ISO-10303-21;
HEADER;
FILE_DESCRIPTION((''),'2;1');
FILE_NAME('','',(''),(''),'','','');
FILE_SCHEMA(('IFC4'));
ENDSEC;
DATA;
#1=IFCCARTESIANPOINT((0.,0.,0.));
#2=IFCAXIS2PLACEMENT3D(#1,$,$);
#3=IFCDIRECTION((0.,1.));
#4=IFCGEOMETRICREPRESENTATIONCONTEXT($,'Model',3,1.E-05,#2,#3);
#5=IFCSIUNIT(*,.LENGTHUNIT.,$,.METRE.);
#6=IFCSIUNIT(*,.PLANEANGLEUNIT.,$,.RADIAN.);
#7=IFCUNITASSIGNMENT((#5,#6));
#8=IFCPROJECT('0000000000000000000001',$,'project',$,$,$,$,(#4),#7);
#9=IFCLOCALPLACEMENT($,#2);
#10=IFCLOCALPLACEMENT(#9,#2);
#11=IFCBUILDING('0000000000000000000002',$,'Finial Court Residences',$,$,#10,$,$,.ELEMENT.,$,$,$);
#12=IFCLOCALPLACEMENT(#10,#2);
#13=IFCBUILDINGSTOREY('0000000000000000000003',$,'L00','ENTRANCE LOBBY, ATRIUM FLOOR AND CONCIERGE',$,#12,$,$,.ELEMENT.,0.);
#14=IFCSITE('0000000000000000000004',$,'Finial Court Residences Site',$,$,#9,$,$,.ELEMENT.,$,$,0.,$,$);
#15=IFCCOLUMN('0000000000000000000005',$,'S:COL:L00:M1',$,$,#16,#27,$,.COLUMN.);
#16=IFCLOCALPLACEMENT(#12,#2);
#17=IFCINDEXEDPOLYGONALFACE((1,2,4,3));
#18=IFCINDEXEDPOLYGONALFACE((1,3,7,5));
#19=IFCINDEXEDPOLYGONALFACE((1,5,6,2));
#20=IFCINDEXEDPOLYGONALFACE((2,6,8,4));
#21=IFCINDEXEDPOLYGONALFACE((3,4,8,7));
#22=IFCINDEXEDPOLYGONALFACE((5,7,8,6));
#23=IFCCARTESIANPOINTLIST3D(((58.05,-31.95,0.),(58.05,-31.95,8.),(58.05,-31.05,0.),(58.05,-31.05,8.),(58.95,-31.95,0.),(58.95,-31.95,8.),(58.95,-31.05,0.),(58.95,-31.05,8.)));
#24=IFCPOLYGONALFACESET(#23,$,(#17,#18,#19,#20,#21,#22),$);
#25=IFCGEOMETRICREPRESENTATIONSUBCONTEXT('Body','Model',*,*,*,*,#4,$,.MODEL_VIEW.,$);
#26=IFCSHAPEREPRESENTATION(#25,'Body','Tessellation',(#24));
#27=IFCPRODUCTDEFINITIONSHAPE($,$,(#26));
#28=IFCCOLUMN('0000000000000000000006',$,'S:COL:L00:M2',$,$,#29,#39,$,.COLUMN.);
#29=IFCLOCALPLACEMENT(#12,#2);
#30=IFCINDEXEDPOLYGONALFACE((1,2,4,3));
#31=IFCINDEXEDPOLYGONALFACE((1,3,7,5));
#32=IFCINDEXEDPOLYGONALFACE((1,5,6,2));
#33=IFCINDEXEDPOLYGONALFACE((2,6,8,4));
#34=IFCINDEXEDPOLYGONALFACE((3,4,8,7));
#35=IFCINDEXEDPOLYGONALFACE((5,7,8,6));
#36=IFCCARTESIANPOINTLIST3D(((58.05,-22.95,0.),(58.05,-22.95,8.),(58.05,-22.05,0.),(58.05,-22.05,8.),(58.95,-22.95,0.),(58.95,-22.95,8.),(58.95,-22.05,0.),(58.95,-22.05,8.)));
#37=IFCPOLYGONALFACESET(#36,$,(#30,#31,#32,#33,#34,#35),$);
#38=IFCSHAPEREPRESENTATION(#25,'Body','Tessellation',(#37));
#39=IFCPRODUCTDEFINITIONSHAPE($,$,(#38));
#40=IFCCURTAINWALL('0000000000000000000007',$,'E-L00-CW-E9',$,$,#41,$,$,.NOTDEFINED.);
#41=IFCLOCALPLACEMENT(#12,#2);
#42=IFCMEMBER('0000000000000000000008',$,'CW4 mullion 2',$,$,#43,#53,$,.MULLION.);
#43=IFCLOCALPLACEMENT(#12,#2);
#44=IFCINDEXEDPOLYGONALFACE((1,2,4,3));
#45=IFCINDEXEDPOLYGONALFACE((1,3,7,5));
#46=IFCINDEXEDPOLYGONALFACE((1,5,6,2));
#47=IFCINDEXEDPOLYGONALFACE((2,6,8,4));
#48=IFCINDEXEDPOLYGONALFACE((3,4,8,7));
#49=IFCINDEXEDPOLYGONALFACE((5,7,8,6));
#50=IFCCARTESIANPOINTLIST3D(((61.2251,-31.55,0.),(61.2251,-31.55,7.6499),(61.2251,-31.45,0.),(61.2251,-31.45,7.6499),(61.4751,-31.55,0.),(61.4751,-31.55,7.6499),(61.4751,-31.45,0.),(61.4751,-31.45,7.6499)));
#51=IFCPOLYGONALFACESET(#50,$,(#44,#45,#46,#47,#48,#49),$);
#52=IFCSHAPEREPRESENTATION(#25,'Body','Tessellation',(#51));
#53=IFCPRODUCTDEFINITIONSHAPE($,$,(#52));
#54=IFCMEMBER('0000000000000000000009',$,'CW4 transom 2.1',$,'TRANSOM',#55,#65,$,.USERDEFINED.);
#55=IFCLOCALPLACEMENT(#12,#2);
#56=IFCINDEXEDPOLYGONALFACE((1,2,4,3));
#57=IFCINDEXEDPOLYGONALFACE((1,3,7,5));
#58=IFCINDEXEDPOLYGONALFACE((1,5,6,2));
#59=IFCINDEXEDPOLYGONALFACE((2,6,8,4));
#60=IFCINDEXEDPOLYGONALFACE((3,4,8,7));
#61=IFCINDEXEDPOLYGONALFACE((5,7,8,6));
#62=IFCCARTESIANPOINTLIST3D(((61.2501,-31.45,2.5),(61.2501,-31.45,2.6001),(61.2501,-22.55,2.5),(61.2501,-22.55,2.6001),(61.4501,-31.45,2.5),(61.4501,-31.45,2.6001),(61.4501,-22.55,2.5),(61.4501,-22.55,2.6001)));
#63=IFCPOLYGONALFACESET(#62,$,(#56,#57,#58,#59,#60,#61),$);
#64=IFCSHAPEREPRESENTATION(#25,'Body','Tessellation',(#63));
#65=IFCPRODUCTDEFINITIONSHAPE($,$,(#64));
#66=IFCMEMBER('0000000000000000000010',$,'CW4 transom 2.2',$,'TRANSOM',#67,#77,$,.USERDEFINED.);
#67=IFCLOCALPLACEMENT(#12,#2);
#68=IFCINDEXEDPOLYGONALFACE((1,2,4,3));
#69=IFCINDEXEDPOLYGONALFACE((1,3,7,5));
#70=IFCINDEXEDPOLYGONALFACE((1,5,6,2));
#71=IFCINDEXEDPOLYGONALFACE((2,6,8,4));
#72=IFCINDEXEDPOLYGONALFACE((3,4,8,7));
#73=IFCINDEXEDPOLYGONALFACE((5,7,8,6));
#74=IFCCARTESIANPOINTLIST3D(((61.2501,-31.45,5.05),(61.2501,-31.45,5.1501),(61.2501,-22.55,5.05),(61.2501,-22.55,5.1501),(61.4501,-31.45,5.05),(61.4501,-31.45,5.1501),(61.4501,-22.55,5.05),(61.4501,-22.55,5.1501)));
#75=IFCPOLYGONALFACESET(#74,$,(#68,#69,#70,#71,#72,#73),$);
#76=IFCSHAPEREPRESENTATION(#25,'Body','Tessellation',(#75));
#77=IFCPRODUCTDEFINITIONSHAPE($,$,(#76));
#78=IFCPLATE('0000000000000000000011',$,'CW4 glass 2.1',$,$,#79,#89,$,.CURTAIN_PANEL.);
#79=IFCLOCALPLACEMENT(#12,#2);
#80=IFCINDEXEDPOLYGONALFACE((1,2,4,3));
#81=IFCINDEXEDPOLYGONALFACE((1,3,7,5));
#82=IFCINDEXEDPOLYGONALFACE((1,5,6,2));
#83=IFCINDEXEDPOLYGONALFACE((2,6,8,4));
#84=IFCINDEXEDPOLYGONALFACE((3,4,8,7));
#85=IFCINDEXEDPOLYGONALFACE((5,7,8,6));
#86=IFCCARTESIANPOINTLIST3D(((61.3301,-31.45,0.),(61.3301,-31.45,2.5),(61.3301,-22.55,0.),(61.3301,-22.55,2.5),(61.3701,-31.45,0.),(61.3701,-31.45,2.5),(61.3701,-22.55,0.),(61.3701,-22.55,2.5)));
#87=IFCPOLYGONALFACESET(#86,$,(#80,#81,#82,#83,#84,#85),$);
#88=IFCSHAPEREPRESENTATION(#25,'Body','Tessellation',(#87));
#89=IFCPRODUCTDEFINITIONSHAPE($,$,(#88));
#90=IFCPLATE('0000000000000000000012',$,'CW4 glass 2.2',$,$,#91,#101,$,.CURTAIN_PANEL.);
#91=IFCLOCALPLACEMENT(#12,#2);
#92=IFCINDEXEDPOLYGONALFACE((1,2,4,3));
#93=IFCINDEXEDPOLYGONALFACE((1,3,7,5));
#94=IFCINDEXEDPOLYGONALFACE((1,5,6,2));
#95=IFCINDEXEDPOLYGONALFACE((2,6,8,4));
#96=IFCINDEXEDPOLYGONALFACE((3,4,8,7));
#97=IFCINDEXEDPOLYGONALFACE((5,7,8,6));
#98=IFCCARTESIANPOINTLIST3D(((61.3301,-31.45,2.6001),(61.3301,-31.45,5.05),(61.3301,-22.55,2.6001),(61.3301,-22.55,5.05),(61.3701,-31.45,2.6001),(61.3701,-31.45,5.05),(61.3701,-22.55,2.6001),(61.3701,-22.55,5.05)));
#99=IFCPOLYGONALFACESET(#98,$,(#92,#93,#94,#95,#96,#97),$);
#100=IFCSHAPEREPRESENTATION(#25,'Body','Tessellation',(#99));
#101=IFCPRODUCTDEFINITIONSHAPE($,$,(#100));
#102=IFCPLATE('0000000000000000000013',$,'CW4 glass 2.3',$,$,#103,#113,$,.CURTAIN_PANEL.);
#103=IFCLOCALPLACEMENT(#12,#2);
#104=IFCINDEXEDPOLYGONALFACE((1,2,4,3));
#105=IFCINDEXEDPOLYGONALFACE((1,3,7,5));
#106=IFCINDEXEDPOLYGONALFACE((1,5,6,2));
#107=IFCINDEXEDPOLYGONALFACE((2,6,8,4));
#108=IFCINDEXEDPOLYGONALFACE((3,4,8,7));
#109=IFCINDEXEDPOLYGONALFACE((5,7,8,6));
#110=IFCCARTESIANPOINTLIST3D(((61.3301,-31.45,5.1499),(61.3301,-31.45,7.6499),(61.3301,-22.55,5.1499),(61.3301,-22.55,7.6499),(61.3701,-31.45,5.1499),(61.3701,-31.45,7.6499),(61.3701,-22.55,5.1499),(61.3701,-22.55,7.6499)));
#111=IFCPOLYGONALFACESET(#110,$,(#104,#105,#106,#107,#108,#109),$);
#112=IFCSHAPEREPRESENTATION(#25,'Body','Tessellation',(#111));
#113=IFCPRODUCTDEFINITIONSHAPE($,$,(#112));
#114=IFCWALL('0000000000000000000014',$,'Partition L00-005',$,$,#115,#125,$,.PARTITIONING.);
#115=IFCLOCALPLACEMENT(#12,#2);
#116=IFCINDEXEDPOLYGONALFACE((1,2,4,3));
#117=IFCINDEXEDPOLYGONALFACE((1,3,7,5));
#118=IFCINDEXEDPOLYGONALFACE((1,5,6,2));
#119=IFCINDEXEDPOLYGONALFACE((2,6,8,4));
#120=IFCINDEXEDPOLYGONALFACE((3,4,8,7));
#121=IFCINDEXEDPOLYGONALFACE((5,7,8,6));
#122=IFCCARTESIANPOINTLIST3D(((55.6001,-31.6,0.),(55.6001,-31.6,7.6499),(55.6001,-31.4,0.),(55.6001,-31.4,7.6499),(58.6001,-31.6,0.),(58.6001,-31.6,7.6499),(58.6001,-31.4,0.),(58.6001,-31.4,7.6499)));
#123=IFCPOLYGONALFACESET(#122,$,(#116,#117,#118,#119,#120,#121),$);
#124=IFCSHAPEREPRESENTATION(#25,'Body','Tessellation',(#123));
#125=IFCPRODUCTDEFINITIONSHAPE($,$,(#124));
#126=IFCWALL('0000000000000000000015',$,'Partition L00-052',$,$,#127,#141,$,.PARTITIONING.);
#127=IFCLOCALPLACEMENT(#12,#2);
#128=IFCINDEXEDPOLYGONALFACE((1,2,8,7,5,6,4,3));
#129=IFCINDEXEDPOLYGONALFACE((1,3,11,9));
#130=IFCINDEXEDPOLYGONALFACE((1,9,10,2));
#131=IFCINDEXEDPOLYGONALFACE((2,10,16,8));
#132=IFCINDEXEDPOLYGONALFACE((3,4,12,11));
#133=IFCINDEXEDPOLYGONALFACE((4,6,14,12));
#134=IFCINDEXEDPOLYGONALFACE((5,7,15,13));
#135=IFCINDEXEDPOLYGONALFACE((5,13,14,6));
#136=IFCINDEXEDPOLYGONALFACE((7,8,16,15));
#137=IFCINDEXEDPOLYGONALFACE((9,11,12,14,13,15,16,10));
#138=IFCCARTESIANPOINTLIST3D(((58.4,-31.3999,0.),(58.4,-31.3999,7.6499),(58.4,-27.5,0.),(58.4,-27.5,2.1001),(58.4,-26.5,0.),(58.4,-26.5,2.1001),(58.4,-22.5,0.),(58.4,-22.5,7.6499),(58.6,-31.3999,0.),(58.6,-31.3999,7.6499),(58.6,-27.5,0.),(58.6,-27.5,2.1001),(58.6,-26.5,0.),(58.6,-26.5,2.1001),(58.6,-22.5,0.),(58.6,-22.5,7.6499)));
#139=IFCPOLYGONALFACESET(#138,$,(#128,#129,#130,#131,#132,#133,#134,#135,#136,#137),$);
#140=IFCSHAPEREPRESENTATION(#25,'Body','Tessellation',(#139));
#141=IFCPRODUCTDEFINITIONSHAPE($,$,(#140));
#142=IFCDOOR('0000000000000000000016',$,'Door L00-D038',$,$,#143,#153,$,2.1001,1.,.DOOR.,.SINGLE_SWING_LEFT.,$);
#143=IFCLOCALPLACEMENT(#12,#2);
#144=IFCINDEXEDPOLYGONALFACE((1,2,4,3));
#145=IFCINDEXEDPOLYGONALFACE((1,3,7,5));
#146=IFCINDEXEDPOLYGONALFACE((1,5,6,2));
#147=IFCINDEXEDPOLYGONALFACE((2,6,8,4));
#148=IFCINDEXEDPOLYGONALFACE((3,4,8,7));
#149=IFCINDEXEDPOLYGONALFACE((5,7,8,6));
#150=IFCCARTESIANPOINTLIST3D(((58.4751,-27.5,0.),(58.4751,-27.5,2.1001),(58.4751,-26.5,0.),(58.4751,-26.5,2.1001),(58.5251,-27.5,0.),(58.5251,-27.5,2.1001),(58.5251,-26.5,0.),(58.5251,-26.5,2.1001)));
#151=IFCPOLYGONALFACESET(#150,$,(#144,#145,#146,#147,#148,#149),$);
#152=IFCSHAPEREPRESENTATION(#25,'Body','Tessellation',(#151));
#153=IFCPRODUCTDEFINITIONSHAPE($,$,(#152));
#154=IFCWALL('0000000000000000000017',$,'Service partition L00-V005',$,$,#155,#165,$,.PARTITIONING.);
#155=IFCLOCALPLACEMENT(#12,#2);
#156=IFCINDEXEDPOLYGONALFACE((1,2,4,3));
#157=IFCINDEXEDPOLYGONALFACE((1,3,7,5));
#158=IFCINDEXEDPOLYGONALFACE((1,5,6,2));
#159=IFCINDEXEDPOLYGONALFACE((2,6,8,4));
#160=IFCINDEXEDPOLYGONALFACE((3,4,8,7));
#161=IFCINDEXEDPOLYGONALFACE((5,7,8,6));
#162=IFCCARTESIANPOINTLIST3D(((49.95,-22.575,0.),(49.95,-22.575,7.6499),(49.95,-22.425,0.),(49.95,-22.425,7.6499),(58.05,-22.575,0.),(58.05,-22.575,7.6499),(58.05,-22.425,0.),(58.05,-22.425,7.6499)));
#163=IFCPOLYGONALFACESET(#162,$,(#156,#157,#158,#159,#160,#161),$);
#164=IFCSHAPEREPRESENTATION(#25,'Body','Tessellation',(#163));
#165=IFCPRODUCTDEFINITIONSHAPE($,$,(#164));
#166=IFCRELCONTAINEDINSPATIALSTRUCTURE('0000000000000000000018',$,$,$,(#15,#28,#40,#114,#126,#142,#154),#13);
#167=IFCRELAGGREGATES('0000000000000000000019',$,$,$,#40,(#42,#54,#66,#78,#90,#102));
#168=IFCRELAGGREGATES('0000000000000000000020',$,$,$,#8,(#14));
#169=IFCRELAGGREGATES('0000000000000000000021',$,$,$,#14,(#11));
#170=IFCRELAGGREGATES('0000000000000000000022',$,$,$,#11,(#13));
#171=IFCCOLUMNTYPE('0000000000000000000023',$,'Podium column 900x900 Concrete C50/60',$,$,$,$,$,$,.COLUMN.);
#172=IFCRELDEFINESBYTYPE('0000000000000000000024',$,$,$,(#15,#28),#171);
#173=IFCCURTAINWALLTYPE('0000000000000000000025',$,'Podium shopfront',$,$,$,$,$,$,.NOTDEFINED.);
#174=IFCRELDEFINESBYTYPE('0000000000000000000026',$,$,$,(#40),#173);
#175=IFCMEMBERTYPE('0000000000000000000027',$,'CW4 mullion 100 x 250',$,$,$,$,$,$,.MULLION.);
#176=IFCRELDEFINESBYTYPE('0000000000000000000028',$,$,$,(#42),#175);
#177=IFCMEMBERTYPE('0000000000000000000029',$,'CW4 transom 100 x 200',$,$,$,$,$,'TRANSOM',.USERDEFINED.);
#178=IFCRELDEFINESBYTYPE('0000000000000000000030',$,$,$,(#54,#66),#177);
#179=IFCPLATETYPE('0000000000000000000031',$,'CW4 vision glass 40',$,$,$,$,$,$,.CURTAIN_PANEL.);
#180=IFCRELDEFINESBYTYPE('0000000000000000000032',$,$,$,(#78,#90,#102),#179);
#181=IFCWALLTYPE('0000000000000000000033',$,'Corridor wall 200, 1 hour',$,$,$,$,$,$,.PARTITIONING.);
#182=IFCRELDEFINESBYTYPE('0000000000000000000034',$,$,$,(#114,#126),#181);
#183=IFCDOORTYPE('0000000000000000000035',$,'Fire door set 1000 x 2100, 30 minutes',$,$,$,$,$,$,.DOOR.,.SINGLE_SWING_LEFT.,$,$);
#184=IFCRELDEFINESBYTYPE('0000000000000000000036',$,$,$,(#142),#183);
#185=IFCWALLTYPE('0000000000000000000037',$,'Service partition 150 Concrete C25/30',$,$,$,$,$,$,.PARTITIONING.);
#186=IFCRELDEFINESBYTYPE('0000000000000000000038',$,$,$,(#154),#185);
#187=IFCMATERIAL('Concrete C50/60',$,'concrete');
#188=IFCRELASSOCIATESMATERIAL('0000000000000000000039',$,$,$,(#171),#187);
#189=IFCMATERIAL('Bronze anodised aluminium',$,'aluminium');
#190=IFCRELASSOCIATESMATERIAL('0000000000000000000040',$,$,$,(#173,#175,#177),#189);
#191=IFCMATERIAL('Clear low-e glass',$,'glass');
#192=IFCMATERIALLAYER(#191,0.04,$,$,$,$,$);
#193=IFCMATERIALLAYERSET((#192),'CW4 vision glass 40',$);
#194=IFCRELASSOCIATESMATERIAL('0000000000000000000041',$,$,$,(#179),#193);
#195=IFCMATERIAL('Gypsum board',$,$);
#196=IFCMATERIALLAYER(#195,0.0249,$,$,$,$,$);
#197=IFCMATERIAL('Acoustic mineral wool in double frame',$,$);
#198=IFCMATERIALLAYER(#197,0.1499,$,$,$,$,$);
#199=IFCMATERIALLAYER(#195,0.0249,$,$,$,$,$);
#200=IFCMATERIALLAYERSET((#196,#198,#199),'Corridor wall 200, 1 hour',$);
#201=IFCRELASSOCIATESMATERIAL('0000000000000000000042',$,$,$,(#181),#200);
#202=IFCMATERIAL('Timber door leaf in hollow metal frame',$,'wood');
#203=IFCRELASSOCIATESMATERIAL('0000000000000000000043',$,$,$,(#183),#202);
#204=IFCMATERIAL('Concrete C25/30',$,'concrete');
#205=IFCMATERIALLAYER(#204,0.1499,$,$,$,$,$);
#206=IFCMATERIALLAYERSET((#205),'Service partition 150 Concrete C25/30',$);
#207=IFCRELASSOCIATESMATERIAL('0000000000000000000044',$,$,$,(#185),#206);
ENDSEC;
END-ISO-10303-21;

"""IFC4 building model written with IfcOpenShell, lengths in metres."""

from ifc_helpers import new_model, si_unit, direction, frame, frame_2d, origin, origin_2d, place, context, subcontext, project, spatial, rectangle, extrude, material, layer, layer_set, material_profile, profile_set, type_object, element, fill, aggregate, save


model = new_model("IFC4")

# Units and contexts
model_context = context("Model", 3, precision=1e-05, world=origin(), true_north=direction((0.0, 1.0)))
body_context = subcontext(model_context, "Body", "Model", "MODEL_VIEW")
ifc_project = project(units=[si_unit("LENGTHUNIT", "METRE"), si_unit("PLANEANGLEUNIT", "RADIAN")], contexts=[model_context])

# Site, building, storey
site_placement = place(None, origin())
site = spatial("IfcSite", under=ifc_project, at=site_placement, Name="Finial Court Residences Site", CompositionType="ELEMENT", RefElevation=0.0)
building_placement = place(site_placement, origin())
building = spatial("IfcBuilding", under=site, at=building_placement, Name="Finial Court Residences", CompositionType="ELEMENT")
storey_placement = place(building_placement, origin())
storey = spatial("IfcBuildingStorey", under=building, at=storey_placement, Name="L00", Description="ENTRANCE LOBBY, ATRIUM FLOOR AND CONCIERGE", CompositionType="ELEMENT", Elevation=0.0)

# Columns
ifc_material_1 = material(Name="Concrete C50/60", Category="concrete")
ifc_material_profile_1 = material_profile(ifc_material_1, rectangle(XDim=0.8999, YDim=0.8999, at=origin_2d()), Name="900x900")
ifc_profile_set_1 = profile_set([ifc_material_profile_1], Name="Concrete C50/60")
column_type = type_object("IfcColumnType", Name="Podium column 900x900 Concrete C50/60", PredefinedType="COLUMN", material=ifc_profile_set_1)
for number, where, z_axis, x_axis, name in (
    (1, (58.5, -31.5, 0.0), (0.0, 0.0, 1.0), (1.0, 0.0, 0.0), "S:COL:L00:M1"),
    (2, (58.5, -22.5, 0.0), (0.0, 0.0, 1.0), (1.0, 0.0, 0.0), "S:COL:L00:M2"),
):
    element("IfcColumn", number, at=place(storey_placement, frame(where, z_axis=z_axis, x_axis=x_axis)), inside=storey, type_object=column_type, Name=name, PredefinedType="COLUMN", context=body_context, shape_type="SweptSolid", body=[
        extrude(rectangle(XDim=0.8999, YDim=0.8999, at=origin_2d()), origin(), (0.0, 0.0, 1.0), 8.0),
    ])

# Curtain wall, members, plates
ifc_material_2 = material(Name="Bronze anodised aluminium", Category="aluminium")
curtain_wall_type = type_object("IfcCurtainWallType", Name="Podium shopfront", PredefinedType="NOTDEFINED", material=ifc_material_2)
curtain_wall_placement = place(storey_placement, origin())
curtain_wall = element("IfcCurtainWall", 3, at=curtain_wall_placement, inside=storey, type_object=curtain_wall_type, Name="E-L00-CW-E9", PredefinedType="NOTDEFINED")
ifc_material_profile_2 = material_profile(ifc_material_2, rectangle(XDim=0.25, YDim=0.1001, at=origin_2d()), Name="CW4 mullion 100 x 250")
ifc_profile_set_2 = profile_set([ifc_material_profile_2], Name="Bronze anodised aluminium")
member_type_1 = type_object("IfcMemberType", Name="CW4 mullion 100 x 250", PredefinedType="MULLION", material=ifc_profile_set_2)
member_1_placement = place(storey_placement, frame((61.3501, -31.5, 0.0), z_axis=(0.0, 0.0, 1.0), x_axis=(-1.0, 0.0, 0.0)))
member_1 = element("IfcMember", 4, at=member_1_placement, type_object=member_type_1, Name="CW4 mullion 2", PredefinedType="MULLION", context=body_context, shape_type="SweptSolid", body=[
    extrude(rectangle(XDim=0.25, YDim=0.1001, at=origin_2d()), origin(), (0.0, 0.0, 1.0), 7.6499),
])
ifc_material_profile_3 = material_profile(ifc_material_2, rectangle(XDim=0.2, YDim=0.1001, at=origin_2d()), Name="CW4 transom 100 x 200")
ifc_profile_set_3 = profile_set([ifc_material_profile_3], Name="Bronze anodised aluminium")
member_type_2 = type_object("IfcMemberType", Name="CW4 transom 100 x 200", ElementType="TRANSOM", PredefinedType="USERDEFINED", material=ifc_profile_set_3)
member_2_placement = place(storey_placement, frame((61.3501, -31.45, 2.55), z_axis=(0.0, 1.0, 0.0), x_axis=(-1.0, 0.0, 0.0)))
member_2 = element("IfcMember", 5, at=member_2_placement, type_object=member_type_2, Name="CW4 transom 2.1", ObjectType="TRANSOM", PredefinedType="USERDEFINED", context=body_context, shape_type="SweptSolid", body=[
    extrude(rectangle(XDim=0.2, YDim=0.1001, at=origin_2d()), origin(), (0.0, 0.0, 1.0), 8.8999),
])
member_3_placement = place(storey_placement, frame((61.3501, -31.45, 5.1001), z_axis=(0.0, 1.0, 0.0), x_axis=(-1.0, 0.0, 0.0)))
member_3 = element("IfcMember", 6, at=member_3_placement, type_object=member_type_2, Name="CW4 transom 2.2", ObjectType="TRANSOM", PredefinedType="USERDEFINED", context=body_context, shape_type="SweptSolid", body=[
    extrude(rectangle(XDim=0.2, YDim=0.1001, at=origin_2d()), origin(), (0.0, 0.0, 1.0), 8.8999),
])
ifc_material_3 = material(Name="Clear low-e glass", Category="glass")
ifc_layer_1 = layer(ifc_material_3, 0.04)
ifc_layer_set_1 = layer_set([ifc_layer_1], Name="CW4 vision glass 40")
plate_type = type_object("IfcPlateType", Name="CW4 vision glass 40", PredefinedType="CURTAIN_PANEL", material=ifc_layer_set_1)
plate_1_placement = place(storey_placement, frame((61.3501, -27.0, 0.0), z_axis=(0.0, 0.0, 1.0), x_axis=(0.0, 1.0, 0.0)))
plate_1 = element("IfcPlate", 7, at=plate_1_placement, type_object=plate_type, Name="CW4 glass 2.1", PredefinedType="CURTAIN_PANEL", context=body_context, shape_type="SweptSolid", body=[
    extrude(rectangle(XDim=8.8999, YDim=0.04, at=origin_2d()), origin(), (0.0, 0.0, 1.0), 2.5),
])
plate_2_placement = place(storey_placement, frame((61.3501, -27.0, 2.6001), z_axis=(0.0, 0.0, 1.0), x_axis=(0.0, 1.0, 0.0)))
plate_2 = element("IfcPlate", 8, at=plate_2_placement, type_object=plate_type, Name="CW4 glass 2.2", PredefinedType="CURTAIN_PANEL", context=body_context, shape_type="SweptSolid", body=[
    extrude(rectangle(XDim=8.8999, YDim=0.04, at=origin_2d()), origin(), (0.0, 0.0, 1.0), 2.45),
])
plate_3_placement = place(storey_placement, frame((61.3501, -27.0, 5.1499), z_axis=(0.0, 0.0, 1.0), x_axis=(0.0, 1.0, 0.0)))
plate_3 = element("IfcPlate", 9, at=plate_3_placement, type_object=plate_type, Name="CW4 glass 2.3", PredefinedType="CURTAIN_PANEL", context=body_context, shape_type="SweptSolid", body=[
    extrude(rectangle(XDim=8.8999, YDim=0.04, at=origin_2d()), origin(), (0.0, 0.0, 1.0), 2.5),
])
aggregate(curtain_wall, [member_1, member_2, member_3, plate_1, plate_2, plate_3])

# Wall
ifc_material_4 = material(Name="Gypsum board")
ifc_layer_2 = layer(ifc_material_4, 0.0249)
ifc_material_5 = material(Name="Acoustic mineral wool in double frame")
ifc_layer_3 = layer(ifc_material_5, 0.1499)
ifc_layer_4 = layer(ifc_material_4, 0.0249)
ifc_layer_set_2 = layer_set([ifc_layer_2, ifc_layer_3, ifc_layer_4], Name="Corridor wall 200, 1 hour")
wall_type_1 = type_object("IfcWallType", Name="Corridor wall 200, 1 hour", PredefinedType="PARTITIONING", material=ifc_layer_set_2)
wall_1_placement = place(storey_placement, frame((55.6001, -31.5, 0.0), z_axis=(0.0, 0.0, 1.0), x_axis=(1.0, 0.0, 0.0)))
element("IfcWall", 10, at=wall_1_placement, inside=storey, type_object=wall_type_1, Name="Partition L00-005", PredefinedType="PARTITIONING", context=body_context, shape_type="SweptSolid", body=[
    extrude(rectangle(XDim=3.0, YDim=0.2, at=frame_2d((1.5, 0.0))), origin(), (0.0, 0.0, 1.0), 7.6499),
])

# Wall, opening, door
wall_2_placement = place(storey_placement, frame((58.5, -31.3999, 0.0), z_axis=(0.0, 0.0, 1.0), x_axis=(0.0, 1.0, 0.0)))
wall_2 = element("IfcWall", 11, at=wall_2_placement, inside=storey, type_object=wall_type_1, Name="Partition L00-052", PredefinedType="PARTITIONING", context=body_context, shape_type="SweptSolid", body=[
    extrude(rectangle(XDim=8.8999, YDim=0.2, at=frame_2d((4.45, 0.0))), origin(), (0.0, 0.0, 1.0), 7.6499),
])
opening_1_placement = place(wall_2_placement, frame((3.8999, 0.0, 0.0)))
opening_1 = element("IfcOpeningElement", 12, at=opening_1_placement, cuts=wall_2, PredefinedType="OPENING", context=body_context, shape_type="SweptSolid", body=[
    extrude(rectangle(XDim=1.0, YDim=2.1001, at=frame_2d((0.5, 1.05))), frame((0.0, 0.1099, 0.0), z_axis=(0.0, -1.0, 0.0), x_axis=(1.0, 0.0, 0.0)), (0.0, 0.0, 1.0), 0.22),
])
ifc_material_6 = material(Name="Timber door leaf in hollow metal frame", Category="wood")
door_type_1 = type_object("IfcDoorType", Name="Fire door set 1000 x 2100, 30 minutes", OperationType="SINGLE_SWING_LEFT", PredefinedType="DOOR", material=ifc_material_6)
door_1_placement = place(opening_1_placement, origin())
door_1 = element("IfcDoor", 13, at=door_1_placement, inside=storey, type_object=door_type_1, Name="Door L00-D038", OperationType="SINGLE_SWING_LEFT", OverallHeight=2.1001, OverallWidth=1.0, PredefinedType="DOOR", context=body_context, shape_type="SweptSolid", body=[
    extrude(rectangle(XDim=1.0, YDim=2.1001, at=frame_2d((0.5, 1.05))), frame((0.0, 0.0249, 0.0), z_axis=(0.0, -1.0, 0.0), x_axis=(1.0, 0.0, 0.0)), (0.0, 0.0, 1.0), 0.05),
])
fill(opening_1, door_1)

# Wall
ifc_material_7 = material(Name="Concrete C25/30", Category="concrete")
ifc_layer_5 = layer(ifc_material_7, 0.1499)
ifc_layer_set_3 = layer_set([ifc_layer_5], Name="Service partition 150 Concrete C25/30")
wall_type_2 = type_object("IfcWallType", Name="Service partition 150 Concrete C25/30", PredefinedType="PARTITIONING", material=ifc_layer_set_3)
wall_3_placement = place(storey_placement, frame((49.95, -22.5, 0.0), z_axis=(0.0, 0.0, 1.0), x_axis=(1.0, 0.0, 0.0)))
element("IfcWall", 14, at=wall_3_placement, inside=storey, type_object=wall_type_2, Name="Service partition L00-V005", PredefinedType="PARTITIONING", context=body_context, shape_type="SweptSolid", body=[
    extrude(rectangle(XDim=8.1001, YDim=0.1499, at=frame_2d((4.05, 0.0))), origin(), (0.0, 0.0, 1.0), 7.6499),
])

save(model, "model.ifc")
